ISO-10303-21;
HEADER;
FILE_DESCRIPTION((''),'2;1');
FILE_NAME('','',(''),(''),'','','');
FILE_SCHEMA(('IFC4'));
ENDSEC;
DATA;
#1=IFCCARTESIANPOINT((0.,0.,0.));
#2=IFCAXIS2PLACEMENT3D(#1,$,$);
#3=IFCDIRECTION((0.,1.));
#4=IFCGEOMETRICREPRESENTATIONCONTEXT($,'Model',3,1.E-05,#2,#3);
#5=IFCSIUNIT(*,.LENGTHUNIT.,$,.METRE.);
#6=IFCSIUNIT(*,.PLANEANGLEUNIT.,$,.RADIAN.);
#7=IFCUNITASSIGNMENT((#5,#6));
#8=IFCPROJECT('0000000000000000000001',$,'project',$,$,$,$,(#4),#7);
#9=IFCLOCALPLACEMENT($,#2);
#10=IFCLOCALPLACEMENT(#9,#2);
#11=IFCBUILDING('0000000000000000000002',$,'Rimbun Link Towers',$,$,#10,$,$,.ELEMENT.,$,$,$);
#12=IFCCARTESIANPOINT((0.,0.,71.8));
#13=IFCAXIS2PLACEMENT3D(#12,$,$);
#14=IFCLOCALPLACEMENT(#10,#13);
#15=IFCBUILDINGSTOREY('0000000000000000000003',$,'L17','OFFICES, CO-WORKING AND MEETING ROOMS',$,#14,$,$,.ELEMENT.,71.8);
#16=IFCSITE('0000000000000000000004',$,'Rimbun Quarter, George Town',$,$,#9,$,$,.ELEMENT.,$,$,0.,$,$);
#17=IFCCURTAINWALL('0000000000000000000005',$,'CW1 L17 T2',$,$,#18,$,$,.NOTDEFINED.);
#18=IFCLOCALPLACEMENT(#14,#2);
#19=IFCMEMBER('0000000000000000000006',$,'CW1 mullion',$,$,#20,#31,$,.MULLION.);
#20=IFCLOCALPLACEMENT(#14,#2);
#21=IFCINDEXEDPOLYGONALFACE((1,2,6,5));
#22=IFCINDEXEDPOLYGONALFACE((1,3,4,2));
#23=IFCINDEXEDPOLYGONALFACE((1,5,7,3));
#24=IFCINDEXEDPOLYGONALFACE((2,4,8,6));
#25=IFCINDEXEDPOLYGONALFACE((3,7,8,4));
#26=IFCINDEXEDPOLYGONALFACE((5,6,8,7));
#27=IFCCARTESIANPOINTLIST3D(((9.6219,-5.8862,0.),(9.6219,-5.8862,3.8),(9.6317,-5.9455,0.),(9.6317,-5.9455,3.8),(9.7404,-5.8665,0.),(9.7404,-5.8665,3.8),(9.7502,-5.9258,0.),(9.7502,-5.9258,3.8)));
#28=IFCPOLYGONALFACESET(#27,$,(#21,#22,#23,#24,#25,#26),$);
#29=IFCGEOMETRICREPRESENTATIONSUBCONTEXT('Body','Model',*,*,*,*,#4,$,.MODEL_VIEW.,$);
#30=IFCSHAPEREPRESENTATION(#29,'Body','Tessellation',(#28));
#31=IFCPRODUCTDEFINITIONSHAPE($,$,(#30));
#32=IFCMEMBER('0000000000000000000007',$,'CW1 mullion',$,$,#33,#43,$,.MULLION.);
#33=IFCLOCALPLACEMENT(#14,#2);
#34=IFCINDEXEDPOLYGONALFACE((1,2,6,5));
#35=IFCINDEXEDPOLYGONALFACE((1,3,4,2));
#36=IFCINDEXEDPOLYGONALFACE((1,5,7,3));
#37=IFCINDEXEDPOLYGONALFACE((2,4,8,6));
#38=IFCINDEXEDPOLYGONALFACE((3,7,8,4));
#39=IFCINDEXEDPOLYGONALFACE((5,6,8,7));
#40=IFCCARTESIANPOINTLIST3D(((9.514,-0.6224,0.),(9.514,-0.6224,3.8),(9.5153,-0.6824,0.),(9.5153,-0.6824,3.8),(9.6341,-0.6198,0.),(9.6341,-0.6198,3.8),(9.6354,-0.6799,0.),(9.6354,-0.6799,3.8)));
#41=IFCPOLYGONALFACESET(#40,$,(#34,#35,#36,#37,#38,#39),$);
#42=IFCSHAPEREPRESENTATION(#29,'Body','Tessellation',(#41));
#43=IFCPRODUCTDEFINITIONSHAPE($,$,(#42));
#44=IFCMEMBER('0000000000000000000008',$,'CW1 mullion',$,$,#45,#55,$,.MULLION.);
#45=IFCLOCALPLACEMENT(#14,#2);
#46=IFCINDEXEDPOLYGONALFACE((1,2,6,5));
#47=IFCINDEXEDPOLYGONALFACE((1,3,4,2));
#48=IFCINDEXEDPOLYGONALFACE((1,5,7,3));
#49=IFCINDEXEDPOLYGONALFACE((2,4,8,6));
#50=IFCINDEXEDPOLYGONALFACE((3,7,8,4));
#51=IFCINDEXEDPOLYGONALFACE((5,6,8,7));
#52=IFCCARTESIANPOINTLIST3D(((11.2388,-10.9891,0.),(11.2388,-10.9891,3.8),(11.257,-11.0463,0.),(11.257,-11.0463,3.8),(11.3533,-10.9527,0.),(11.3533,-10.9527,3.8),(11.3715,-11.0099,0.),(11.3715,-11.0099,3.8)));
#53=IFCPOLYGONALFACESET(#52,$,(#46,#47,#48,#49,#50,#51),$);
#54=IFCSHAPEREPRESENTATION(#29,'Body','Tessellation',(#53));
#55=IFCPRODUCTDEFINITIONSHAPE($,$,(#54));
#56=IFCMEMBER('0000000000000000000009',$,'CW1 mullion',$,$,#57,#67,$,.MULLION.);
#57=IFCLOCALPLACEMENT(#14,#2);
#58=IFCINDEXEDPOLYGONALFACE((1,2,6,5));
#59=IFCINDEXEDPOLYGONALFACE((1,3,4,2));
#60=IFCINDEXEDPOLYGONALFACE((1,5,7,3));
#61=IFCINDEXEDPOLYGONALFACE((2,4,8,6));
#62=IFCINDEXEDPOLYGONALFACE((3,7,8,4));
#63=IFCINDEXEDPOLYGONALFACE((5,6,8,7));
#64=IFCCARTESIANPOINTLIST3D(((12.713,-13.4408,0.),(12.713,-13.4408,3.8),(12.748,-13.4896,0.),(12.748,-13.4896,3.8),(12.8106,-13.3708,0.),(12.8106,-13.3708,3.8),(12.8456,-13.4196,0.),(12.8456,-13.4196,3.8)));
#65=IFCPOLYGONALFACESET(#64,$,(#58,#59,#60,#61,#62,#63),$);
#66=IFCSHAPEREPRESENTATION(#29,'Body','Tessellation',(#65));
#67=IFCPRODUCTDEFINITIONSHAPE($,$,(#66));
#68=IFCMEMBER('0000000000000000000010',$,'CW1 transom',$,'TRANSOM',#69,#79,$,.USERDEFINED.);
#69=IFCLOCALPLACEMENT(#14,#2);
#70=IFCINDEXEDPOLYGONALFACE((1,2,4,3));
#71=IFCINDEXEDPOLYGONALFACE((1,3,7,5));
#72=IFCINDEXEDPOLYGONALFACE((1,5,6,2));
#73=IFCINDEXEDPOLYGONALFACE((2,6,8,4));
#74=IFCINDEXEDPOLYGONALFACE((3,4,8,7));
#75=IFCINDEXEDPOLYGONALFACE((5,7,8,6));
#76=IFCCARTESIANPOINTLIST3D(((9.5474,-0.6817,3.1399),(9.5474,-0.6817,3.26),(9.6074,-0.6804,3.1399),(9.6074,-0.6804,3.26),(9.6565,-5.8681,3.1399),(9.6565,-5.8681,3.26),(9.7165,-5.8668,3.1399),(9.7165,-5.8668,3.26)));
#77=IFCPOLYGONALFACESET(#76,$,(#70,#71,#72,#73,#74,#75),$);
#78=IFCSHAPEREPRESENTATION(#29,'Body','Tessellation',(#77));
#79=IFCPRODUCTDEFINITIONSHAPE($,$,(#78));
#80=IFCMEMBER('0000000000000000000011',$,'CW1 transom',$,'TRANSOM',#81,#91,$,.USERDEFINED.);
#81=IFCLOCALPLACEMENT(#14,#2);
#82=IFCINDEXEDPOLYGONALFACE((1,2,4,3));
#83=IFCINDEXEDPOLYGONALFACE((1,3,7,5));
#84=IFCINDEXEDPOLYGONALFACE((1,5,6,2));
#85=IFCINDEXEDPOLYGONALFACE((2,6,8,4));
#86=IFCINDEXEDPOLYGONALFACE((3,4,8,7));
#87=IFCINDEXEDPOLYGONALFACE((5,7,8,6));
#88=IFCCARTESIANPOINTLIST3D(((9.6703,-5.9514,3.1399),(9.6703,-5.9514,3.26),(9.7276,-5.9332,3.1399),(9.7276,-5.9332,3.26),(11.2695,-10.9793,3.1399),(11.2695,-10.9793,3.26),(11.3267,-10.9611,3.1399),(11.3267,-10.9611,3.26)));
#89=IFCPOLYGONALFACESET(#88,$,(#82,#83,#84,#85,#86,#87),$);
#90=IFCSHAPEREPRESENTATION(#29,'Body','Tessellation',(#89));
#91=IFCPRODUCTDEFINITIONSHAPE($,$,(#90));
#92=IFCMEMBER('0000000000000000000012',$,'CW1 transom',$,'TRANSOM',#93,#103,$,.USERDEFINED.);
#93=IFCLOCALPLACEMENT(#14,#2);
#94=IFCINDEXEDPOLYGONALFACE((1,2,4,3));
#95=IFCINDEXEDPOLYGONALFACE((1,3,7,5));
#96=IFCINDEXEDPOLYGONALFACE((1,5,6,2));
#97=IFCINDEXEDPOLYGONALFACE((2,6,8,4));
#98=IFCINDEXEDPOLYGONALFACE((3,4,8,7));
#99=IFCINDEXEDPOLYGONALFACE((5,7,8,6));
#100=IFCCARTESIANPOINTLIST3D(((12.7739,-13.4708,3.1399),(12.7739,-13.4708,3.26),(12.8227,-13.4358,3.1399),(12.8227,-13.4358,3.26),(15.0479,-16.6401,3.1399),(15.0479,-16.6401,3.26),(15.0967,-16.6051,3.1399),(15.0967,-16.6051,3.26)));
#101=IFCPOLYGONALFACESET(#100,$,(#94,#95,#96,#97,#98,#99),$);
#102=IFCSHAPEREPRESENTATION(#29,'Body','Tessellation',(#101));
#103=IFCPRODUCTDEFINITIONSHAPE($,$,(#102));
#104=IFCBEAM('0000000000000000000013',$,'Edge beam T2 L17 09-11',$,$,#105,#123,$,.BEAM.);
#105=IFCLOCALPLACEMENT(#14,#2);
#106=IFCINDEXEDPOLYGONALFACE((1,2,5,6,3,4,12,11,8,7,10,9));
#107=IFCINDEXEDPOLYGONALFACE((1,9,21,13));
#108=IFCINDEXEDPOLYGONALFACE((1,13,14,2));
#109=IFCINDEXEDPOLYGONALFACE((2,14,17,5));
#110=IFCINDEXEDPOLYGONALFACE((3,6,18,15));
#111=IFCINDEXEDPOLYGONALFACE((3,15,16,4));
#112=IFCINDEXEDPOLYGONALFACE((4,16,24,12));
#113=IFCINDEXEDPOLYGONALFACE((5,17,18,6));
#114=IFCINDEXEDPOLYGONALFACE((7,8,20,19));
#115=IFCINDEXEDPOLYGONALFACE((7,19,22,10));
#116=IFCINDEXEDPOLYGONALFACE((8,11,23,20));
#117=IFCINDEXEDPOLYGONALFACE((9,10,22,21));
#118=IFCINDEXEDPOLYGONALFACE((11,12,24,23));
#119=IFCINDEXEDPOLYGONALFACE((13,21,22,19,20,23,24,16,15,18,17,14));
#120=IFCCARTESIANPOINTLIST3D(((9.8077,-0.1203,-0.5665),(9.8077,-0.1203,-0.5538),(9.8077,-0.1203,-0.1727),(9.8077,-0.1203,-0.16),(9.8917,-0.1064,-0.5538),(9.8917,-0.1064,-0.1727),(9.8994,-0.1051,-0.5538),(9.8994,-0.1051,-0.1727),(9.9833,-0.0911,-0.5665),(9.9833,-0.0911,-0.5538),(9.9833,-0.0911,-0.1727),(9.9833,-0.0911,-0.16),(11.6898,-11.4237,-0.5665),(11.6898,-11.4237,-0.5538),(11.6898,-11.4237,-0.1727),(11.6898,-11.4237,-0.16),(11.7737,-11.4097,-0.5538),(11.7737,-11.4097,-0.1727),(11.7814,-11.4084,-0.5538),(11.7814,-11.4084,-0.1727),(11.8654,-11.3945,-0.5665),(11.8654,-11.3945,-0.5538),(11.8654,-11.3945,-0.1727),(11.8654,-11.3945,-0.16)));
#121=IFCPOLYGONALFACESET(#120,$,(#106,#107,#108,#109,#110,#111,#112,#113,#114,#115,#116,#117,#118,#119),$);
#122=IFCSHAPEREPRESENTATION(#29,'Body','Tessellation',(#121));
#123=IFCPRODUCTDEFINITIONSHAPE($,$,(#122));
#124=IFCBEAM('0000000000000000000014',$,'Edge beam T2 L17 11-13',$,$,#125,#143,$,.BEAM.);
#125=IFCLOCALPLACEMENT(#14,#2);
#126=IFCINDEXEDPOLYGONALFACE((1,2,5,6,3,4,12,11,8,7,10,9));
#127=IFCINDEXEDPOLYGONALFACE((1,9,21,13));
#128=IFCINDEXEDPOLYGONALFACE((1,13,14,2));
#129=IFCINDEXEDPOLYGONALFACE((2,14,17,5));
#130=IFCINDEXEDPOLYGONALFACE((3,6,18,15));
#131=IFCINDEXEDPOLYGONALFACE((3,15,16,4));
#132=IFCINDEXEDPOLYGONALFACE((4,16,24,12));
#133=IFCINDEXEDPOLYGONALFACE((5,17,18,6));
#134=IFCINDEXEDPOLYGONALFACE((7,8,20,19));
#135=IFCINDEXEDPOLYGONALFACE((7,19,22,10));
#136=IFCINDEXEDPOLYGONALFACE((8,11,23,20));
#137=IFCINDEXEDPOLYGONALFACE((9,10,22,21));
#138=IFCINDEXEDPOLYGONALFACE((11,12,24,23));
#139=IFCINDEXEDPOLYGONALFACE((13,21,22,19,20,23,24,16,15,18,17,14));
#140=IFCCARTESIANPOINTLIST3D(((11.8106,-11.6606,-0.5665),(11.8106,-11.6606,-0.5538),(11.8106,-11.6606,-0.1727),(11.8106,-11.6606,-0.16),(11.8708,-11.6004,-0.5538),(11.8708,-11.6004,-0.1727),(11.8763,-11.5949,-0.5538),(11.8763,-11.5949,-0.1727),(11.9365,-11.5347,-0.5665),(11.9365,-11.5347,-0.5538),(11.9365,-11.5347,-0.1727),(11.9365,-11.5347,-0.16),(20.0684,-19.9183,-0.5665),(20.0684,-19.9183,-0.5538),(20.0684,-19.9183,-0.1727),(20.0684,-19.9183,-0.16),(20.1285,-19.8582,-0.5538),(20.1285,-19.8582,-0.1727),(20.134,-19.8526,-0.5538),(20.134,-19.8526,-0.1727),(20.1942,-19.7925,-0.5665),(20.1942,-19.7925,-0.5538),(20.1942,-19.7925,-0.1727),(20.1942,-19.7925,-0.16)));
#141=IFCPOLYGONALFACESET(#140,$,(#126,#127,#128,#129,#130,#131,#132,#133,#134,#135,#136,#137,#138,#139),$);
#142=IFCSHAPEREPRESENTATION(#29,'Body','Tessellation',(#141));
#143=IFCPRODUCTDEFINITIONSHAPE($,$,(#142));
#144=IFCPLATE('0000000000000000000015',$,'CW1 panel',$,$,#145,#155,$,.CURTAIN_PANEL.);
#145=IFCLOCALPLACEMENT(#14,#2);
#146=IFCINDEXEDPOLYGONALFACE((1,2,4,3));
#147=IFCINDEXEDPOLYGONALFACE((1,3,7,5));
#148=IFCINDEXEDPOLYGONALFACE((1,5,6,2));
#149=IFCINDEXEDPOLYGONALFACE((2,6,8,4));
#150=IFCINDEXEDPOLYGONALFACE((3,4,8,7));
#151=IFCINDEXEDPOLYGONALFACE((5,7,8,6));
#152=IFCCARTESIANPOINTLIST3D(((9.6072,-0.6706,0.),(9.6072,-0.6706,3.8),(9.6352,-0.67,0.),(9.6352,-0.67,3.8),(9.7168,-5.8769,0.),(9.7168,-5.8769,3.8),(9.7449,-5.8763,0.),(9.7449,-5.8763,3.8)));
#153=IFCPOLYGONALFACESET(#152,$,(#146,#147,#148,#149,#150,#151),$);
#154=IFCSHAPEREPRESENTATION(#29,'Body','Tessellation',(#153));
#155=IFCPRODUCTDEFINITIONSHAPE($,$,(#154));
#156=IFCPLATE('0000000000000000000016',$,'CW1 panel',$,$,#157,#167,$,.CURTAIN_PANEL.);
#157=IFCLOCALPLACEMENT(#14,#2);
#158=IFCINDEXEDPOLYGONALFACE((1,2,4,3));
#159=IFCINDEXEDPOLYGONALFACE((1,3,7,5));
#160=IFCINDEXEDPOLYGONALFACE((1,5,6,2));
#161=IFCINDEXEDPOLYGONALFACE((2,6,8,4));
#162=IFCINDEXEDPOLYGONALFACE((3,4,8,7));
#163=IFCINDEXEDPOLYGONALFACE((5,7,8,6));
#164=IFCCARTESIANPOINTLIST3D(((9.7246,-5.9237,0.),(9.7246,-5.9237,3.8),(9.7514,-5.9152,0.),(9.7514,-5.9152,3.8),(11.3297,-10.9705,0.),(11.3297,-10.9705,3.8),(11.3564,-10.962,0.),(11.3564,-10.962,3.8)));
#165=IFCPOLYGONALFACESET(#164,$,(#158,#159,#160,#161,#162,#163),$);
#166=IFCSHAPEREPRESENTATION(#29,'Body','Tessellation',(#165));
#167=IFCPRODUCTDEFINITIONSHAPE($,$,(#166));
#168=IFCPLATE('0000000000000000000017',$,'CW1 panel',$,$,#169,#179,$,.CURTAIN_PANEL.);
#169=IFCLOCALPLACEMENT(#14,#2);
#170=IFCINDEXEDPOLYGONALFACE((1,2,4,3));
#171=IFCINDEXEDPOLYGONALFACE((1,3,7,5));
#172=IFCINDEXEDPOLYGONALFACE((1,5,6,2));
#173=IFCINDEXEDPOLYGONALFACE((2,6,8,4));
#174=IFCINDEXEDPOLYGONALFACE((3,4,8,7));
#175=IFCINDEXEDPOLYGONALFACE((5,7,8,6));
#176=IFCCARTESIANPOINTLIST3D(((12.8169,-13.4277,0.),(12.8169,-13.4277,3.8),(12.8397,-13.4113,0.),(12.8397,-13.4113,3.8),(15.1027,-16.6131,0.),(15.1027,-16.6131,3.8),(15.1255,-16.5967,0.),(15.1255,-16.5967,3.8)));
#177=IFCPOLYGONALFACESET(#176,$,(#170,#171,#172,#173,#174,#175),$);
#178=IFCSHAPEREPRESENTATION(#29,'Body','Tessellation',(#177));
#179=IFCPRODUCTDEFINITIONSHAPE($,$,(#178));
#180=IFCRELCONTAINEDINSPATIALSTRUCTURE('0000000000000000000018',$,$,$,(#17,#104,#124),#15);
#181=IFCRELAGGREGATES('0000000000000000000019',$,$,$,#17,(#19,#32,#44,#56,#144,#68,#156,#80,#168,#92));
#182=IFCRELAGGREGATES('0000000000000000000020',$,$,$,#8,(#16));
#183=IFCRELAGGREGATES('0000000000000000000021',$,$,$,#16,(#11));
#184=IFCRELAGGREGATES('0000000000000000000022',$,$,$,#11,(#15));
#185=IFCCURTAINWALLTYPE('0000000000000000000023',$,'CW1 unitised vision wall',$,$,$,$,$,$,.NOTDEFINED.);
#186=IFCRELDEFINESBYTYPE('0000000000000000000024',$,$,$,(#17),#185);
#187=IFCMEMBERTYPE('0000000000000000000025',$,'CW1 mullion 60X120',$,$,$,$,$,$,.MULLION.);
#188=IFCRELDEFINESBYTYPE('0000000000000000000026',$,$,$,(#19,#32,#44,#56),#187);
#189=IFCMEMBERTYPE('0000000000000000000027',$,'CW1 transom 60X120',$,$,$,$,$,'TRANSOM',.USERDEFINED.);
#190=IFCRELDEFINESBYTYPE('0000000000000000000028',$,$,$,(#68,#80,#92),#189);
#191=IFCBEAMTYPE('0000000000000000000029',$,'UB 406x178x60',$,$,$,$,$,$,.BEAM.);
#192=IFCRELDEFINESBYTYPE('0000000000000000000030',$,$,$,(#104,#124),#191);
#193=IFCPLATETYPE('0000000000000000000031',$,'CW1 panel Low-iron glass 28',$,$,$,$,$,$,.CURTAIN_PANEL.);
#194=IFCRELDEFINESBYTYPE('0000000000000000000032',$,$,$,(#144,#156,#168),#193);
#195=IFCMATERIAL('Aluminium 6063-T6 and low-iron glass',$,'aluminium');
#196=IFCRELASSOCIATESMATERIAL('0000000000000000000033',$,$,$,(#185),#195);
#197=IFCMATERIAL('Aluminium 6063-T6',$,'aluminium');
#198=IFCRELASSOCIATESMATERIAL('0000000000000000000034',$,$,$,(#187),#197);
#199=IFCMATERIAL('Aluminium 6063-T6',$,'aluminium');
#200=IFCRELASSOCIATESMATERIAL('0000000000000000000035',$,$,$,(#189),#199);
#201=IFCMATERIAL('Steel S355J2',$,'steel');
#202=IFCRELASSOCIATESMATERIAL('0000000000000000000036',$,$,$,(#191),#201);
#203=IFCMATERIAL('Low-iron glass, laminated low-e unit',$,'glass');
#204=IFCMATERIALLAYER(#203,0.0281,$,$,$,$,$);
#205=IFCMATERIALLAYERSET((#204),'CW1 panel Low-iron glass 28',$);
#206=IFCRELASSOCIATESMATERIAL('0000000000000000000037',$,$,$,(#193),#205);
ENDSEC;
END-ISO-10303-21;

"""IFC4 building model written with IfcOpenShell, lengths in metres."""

from ifc_helpers import new_model, si_unit, direction, frame, origin, origin_2d, place, context, subcontext, project, spatial, rectangle, i_section, extrude, material, layer, layer_set, material_profile, profile_set, type_object, element, aggregate, save


model = new_model("IFC4")

# Units and contexts
model_context = context("Model", 3, precision=1e-05, world=origin(), true_north=direction((0.0, 1.0)))
body_context = subcontext(model_context, "Body", "Model", "MODEL_VIEW")
ifc_project = project(units=[si_unit("LENGTHUNIT", "METRE"), si_unit("PLANEANGLEUNIT", "RADIAN")], contexts=[model_context])

# Site, building, storey
site_placement = place(None, origin())
site = spatial("IfcSite", under=ifc_project, at=site_placement, Name="Rimbun Quarter, George Town", CompositionType="ELEMENT", RefElevation=0.0)
building_placement = place(site_placement, origin())
building = spatial("IfcBuilding", under=site, at=building_placement, Name="Rimbun Link Towers", CompositionType="ELEMENT")
storey_placement = place(building_placement, frame((0.0, 0.0, 71.8)))
storey = spatial("IfcBuildingStorey", under=building, at=storey_placement, Name="L17", Description="OFFICES, CO-WORKING AND MEETING ROOMS", CompositionType="ELEMENT", Elevation=71.8)

# Curtain wall, members
ifc_material_1 = material(Name="Aluminium 6063-T6 and low-iron glass", Category="aluminium")
curtain_wall_type = type_object("IfcCurtainWallType", Name="CW1 unitised vision wall", PredefinedType="NOTDEFINED", material=ifc_material_1)
curtain_wall_placement = place(storey_placement, origin())
curtain_wall = element("IfcCurtainWall", 1, at=curtain_wall_placement, inside=storey, type_object=curtain_wall_type, Name="CW1 L17 T2", PredefinedType="NOTDEFINED")
ifc_material_2 = material(Name="Aluminium 6063-T6", Category="aluminium")
ifc_material_profile_1 = material_profile(ifc_material_2, rectangle(XDim=0.1201, YDim=0.0601, at=origin_2d()), Name="MULLION 60X120")
ifc_profile_set_1 = profile_set([ifc_material_profile_1], Name="Aluminium 6063-T6")
member_type_1 = type_object("IfcMemberType", Name="CW1 mullion 60X120", PredefinedType="MULLION", material=ifc_profile_set_1)
member_1_placement = place(storey_placement, frame((9.686, -5.906, 0.0), z_axis=(0.0, 0.0, 1.0), x_axis=(-0.986503, -0.163744, 0.0)))
member_1 = element("IfcMember", 2, at=member_1_placement, type_object=member_type_1, Name="CW1 mullion", PredefinedType="MULLION", context=body_context, shape_type="SweptSolid", body=[
    extrude(rectangle(XDim=0.1201, YDim=0.0601, at=origin_2d()), origin(), (0.0, 0.0, 1.0), 3.8),
])
member_2_placement = place(storey_placement, frame((9.5747, -0.6511, 0.0), z_axis=(0.0, 0.0, 1.0), x_axis=(-0.999778, -0.02106, 0.0)))
member_2 = element("IfcMember", 3, at=member_2_placement, type_object=member_type_1, Name="CW1 mullion", PredefinedType="MULLION", context=body_context, shape_type="SweptSolid", body=[
    extrude(rectangle(XDim=0.1201, YDim=0.0601, at=origin_2d()), origin(), (0.0, 0.0, 1.0), 3.8),
])
member_3_placement = place(storey_placement, frame((11.3052, -10.9995, 0.0), z_axis=(0.0, 0.0, 1.0), x_axis=(-0.95297, -0.303066, 0.0)))
member_3 = element("IfcMember", 4, at=member_3_placement, type_object=member_type_1, Name="CW1 mullion", PredefinedType="MULLION", context=body_context, shape_type="SweptSolid", body=[
    extrude(rectangle(XDim=0.1201, YDim=0.0601, at=origin_2d()), origin(), (0.0, 0.0, 1.0), 3.8),
])
member_4_placement = place(storey_placement, frame((12.7793, -13.4302, 0.0), z_axis=(0.0, 0.0, 1.0), x_axis=(-0.812471, -0.583002, 0.0)))
member_4 = element("IfcMember", 5, at=member_4_placement, type_object=member_type_1, Name="CW1 mullion", PredefinedType="MULLION", context=body_context, shape_type="SweptSolid", body=[
    extrude(rectangle(XDim=0.1201, YDim=0.0601, at=origin_2d()), origin(), (0.0, 0.0, 1.0), 3.8),
])
ifc_material_3 = material(Name="Aluminium 6063-T6", Category="aluminium")
ifc_material_profile_2 = material_profile(ifc_material_3, rectangle(XDim=0.0601, YDim=0.1201, at=origin_2d()), Name="TRANSOM 60X120")
ifc_profile_set_2 = profile_set([ifc_material_profile_2], Name="Aluminium 6063-T6")
member_type_2 = type_object("IfcMemberType", Name="CW1 transom 60X120", ElementType="TRANSOM", PredefinedType="USERDEFINED", material=ifc_profile_set_2)
member_5_placement = place(storey_placement, frame((9.6865, -5.8674, 3.2), z_axis=(-0.021038, 0.999779, 0.0), x_axis=(-0.999779, -0.021038, 0.0)))
member_5 = element("IfcMember", 6, at=member_5_placement, type_object=member_type_2, Name="CW1 transom", ObjectType="TRANSOM", PredefinedType="USERDEFINED", context=body_context, shape_type="SweptSolid", body=[
    extrude(rectangle(XDim=0.0601, YDim=0.1201, at=origin_2d()), origin(), (0.0, 0.0, 1.0), 5.1875),
])
member_6_placement = place(storey_placement, frame((11.2981, -10.9702, 3.2), z_axis=(-0.303093, 0.952961, 0.0), x_axis=(-0.952961, -0.303093, 0.0)))
member_6 = element("IfcMember", 7, at=member_6_placement, type_object=member_type_2, Name="CW1 transom", ObjectType="TRANSOM", PredefinedType="USERDEFINED", context=body_context, shape_type="SweptSolid", body=[
    extrude(rectangle(XDim=0.0601, YDim=0.1201, at=origin_2d()), origin(), (0.0, 0.0, 1.0), 5.2761),
])
member_7_placement = place(storey_placement, frame((15.0723, -16.6226, 3.2), z_axis=(-0.582972, 0.812492, 0.0), x_axis=(-0.812492, -0.582972, 0.0)))
member_7 = element("IfcMember", 8, at=member_7_placement, type_object=member_type_2, Name="CW1 transom", ObjectType="TRANSOM", PredefinedType="USERDEFINED", context=body_context, shape_type="SweptSolid", body=[
    extrude(rectangle(XDim=0.0601, YDim=0.1201, at=origin_2d()), origin(), (0.0, 0.0, 1.0), 3.9006),
])

# Beams
ifc_material_4 = material(Name="Steel S355J2", Category="steel")
ifc_material_profile_3 = material_profile(ifc_material_4, i_section(OverallWidth=0.178, OverallDepth=0.4065, WebThickness=0.0078, FlangeThickness=0.0127, at=origin_2d()), Name="UB 406x178x60")
ifc_profile_set_3 = profile_set([ifc_material_profile_3], Name="Steel S355J2")
beam_type = type_object("IfcBeamType", Name="UB 406x178x60", PredefinedType="BEAM", material=ifc_profile_set_3)
beam_1_placement = place(storey_placement, frame((9.8955, -0.1057, -0.3633), z_axis=(0.164244, -0.98642, 0.0), x_axis=(0.98642, 0.164244, 0.0)))
element("IfcBeam", 9, at=beam_1_placement, inside=storey, type_object=beam_type, Name="Edge beam T2 L17 09-11", PredefinedType="BEAM", context=body_context, shape_type="SweptSolid", body=[
    extrude(i_section(OverallWidth=0.178, OverallDepth=0.4065, WebThickness=0.0078, FlangeThickness=0.0127, at=origin_2d()), origin(), (0.0, 0.0, 1.0), 11.459),
])
beam_2_placement = place(storey_placement, frame((11.8735, -11.5977, -0.3633), z_axis=(0.707107, -0.707107, 0.0), x_axis=(0.707107, 0.707107, 0.0)))
element("IfcBeam", 10, at=beam_2_placement, inside=storey, type_object=beam_type, Name="Edge beam T2 L17 11-13", PredefinedType="BEAM", context=body_context, shape_type="SweptSolid", body=[
    extrude(i_section(OverallWidth=0.178, OverallDepth=0.4065, WebThickness=0.0078, FlangeThickness=0.0127, at=origin_2d()), origin(), (0.0, 0.0, 1.0), 11.6782),
])

# Plates
ifc_material_5 = material(Name="Low-iron glass, laminated low-e unit", Category="glass")
ifc_layer_1 = layer(ifc_material_5, 0.0281)
ifc_layer_set_1 = layer_set([ifc_layer_1], Name="CW1 panel Low-iron glass 28")
plate_type = type_object("IfcPlateType", Name="CW1 panel Low-iron glass 28", PredefinedType="CURTAIN_PANEL", material=ifc_layer_set_1)
plate_1_placement = place(storey_placement, frame((9.676, -3.2734, 0.0), z_axis=(0.0, 0.0, 1.0), x_axis=(-0.02106, 0.999778, 0.0)))
plate_1 = element("IfcPlate", 11, at=plate_1_placement, type_object=plate_type, Name="CW1 panel", PredefinedType="CURTAIN_PANEL", context=body_context, shape_type="SweptSolid", body=[
    extrude(rectangle(XDim=5.2075, YDim=0.0281, at=origin_2d()), origin(), (0.0, 0.0, 1.0), 3.8),
])
plate_2_placement = place(storey_placement, frame((10.5405, -8.4429, 0.0), z_axis=(0.0, 0.0, 1.0), x_axis=(-0.303066, 0.95297, 0.0)))
plate_2 = element("IfcPlate", 12, at=plate_2_placement, type_object=plate_type, Name="CW1 panel", PredefinedType="CURTAIN_PANEL", context=body_context, shape_type="SweptSolid", body=[
    extrude(rectangle(XDim=5.2959, YDim=0.0281, at=origin_2d()), origin(), (0.0, 0.0, 1.0), 3.8),
])
plate_3_placement = place(storey_placement, frame((13.9712, -15.0122, 0.0), z_axis=(0.0, 0.0, 1.0), x_axis=(-0.583002, 0.812471, 0.0)))
plate_3 = element("IfcPlate", 13, at=plate_3_placement, type_object=plate_type, Name="CW1 panel", PredefinedType="CURTAIN_PANEL", context=body_context, shape_type="SweptSolid", body=[
    extrude(rectangle(XDim=3.9207, YDim=0.0281, at=origin_2d()), origin(), (0.0, 0.0, 1.0), 3.8),
])
aggregate(curtain_wall, [member_1, member_2, member_3, member_4, plate_1, member_5, plate_2, member_6, plate_3, member_7])

save(model, "model.ifc")
